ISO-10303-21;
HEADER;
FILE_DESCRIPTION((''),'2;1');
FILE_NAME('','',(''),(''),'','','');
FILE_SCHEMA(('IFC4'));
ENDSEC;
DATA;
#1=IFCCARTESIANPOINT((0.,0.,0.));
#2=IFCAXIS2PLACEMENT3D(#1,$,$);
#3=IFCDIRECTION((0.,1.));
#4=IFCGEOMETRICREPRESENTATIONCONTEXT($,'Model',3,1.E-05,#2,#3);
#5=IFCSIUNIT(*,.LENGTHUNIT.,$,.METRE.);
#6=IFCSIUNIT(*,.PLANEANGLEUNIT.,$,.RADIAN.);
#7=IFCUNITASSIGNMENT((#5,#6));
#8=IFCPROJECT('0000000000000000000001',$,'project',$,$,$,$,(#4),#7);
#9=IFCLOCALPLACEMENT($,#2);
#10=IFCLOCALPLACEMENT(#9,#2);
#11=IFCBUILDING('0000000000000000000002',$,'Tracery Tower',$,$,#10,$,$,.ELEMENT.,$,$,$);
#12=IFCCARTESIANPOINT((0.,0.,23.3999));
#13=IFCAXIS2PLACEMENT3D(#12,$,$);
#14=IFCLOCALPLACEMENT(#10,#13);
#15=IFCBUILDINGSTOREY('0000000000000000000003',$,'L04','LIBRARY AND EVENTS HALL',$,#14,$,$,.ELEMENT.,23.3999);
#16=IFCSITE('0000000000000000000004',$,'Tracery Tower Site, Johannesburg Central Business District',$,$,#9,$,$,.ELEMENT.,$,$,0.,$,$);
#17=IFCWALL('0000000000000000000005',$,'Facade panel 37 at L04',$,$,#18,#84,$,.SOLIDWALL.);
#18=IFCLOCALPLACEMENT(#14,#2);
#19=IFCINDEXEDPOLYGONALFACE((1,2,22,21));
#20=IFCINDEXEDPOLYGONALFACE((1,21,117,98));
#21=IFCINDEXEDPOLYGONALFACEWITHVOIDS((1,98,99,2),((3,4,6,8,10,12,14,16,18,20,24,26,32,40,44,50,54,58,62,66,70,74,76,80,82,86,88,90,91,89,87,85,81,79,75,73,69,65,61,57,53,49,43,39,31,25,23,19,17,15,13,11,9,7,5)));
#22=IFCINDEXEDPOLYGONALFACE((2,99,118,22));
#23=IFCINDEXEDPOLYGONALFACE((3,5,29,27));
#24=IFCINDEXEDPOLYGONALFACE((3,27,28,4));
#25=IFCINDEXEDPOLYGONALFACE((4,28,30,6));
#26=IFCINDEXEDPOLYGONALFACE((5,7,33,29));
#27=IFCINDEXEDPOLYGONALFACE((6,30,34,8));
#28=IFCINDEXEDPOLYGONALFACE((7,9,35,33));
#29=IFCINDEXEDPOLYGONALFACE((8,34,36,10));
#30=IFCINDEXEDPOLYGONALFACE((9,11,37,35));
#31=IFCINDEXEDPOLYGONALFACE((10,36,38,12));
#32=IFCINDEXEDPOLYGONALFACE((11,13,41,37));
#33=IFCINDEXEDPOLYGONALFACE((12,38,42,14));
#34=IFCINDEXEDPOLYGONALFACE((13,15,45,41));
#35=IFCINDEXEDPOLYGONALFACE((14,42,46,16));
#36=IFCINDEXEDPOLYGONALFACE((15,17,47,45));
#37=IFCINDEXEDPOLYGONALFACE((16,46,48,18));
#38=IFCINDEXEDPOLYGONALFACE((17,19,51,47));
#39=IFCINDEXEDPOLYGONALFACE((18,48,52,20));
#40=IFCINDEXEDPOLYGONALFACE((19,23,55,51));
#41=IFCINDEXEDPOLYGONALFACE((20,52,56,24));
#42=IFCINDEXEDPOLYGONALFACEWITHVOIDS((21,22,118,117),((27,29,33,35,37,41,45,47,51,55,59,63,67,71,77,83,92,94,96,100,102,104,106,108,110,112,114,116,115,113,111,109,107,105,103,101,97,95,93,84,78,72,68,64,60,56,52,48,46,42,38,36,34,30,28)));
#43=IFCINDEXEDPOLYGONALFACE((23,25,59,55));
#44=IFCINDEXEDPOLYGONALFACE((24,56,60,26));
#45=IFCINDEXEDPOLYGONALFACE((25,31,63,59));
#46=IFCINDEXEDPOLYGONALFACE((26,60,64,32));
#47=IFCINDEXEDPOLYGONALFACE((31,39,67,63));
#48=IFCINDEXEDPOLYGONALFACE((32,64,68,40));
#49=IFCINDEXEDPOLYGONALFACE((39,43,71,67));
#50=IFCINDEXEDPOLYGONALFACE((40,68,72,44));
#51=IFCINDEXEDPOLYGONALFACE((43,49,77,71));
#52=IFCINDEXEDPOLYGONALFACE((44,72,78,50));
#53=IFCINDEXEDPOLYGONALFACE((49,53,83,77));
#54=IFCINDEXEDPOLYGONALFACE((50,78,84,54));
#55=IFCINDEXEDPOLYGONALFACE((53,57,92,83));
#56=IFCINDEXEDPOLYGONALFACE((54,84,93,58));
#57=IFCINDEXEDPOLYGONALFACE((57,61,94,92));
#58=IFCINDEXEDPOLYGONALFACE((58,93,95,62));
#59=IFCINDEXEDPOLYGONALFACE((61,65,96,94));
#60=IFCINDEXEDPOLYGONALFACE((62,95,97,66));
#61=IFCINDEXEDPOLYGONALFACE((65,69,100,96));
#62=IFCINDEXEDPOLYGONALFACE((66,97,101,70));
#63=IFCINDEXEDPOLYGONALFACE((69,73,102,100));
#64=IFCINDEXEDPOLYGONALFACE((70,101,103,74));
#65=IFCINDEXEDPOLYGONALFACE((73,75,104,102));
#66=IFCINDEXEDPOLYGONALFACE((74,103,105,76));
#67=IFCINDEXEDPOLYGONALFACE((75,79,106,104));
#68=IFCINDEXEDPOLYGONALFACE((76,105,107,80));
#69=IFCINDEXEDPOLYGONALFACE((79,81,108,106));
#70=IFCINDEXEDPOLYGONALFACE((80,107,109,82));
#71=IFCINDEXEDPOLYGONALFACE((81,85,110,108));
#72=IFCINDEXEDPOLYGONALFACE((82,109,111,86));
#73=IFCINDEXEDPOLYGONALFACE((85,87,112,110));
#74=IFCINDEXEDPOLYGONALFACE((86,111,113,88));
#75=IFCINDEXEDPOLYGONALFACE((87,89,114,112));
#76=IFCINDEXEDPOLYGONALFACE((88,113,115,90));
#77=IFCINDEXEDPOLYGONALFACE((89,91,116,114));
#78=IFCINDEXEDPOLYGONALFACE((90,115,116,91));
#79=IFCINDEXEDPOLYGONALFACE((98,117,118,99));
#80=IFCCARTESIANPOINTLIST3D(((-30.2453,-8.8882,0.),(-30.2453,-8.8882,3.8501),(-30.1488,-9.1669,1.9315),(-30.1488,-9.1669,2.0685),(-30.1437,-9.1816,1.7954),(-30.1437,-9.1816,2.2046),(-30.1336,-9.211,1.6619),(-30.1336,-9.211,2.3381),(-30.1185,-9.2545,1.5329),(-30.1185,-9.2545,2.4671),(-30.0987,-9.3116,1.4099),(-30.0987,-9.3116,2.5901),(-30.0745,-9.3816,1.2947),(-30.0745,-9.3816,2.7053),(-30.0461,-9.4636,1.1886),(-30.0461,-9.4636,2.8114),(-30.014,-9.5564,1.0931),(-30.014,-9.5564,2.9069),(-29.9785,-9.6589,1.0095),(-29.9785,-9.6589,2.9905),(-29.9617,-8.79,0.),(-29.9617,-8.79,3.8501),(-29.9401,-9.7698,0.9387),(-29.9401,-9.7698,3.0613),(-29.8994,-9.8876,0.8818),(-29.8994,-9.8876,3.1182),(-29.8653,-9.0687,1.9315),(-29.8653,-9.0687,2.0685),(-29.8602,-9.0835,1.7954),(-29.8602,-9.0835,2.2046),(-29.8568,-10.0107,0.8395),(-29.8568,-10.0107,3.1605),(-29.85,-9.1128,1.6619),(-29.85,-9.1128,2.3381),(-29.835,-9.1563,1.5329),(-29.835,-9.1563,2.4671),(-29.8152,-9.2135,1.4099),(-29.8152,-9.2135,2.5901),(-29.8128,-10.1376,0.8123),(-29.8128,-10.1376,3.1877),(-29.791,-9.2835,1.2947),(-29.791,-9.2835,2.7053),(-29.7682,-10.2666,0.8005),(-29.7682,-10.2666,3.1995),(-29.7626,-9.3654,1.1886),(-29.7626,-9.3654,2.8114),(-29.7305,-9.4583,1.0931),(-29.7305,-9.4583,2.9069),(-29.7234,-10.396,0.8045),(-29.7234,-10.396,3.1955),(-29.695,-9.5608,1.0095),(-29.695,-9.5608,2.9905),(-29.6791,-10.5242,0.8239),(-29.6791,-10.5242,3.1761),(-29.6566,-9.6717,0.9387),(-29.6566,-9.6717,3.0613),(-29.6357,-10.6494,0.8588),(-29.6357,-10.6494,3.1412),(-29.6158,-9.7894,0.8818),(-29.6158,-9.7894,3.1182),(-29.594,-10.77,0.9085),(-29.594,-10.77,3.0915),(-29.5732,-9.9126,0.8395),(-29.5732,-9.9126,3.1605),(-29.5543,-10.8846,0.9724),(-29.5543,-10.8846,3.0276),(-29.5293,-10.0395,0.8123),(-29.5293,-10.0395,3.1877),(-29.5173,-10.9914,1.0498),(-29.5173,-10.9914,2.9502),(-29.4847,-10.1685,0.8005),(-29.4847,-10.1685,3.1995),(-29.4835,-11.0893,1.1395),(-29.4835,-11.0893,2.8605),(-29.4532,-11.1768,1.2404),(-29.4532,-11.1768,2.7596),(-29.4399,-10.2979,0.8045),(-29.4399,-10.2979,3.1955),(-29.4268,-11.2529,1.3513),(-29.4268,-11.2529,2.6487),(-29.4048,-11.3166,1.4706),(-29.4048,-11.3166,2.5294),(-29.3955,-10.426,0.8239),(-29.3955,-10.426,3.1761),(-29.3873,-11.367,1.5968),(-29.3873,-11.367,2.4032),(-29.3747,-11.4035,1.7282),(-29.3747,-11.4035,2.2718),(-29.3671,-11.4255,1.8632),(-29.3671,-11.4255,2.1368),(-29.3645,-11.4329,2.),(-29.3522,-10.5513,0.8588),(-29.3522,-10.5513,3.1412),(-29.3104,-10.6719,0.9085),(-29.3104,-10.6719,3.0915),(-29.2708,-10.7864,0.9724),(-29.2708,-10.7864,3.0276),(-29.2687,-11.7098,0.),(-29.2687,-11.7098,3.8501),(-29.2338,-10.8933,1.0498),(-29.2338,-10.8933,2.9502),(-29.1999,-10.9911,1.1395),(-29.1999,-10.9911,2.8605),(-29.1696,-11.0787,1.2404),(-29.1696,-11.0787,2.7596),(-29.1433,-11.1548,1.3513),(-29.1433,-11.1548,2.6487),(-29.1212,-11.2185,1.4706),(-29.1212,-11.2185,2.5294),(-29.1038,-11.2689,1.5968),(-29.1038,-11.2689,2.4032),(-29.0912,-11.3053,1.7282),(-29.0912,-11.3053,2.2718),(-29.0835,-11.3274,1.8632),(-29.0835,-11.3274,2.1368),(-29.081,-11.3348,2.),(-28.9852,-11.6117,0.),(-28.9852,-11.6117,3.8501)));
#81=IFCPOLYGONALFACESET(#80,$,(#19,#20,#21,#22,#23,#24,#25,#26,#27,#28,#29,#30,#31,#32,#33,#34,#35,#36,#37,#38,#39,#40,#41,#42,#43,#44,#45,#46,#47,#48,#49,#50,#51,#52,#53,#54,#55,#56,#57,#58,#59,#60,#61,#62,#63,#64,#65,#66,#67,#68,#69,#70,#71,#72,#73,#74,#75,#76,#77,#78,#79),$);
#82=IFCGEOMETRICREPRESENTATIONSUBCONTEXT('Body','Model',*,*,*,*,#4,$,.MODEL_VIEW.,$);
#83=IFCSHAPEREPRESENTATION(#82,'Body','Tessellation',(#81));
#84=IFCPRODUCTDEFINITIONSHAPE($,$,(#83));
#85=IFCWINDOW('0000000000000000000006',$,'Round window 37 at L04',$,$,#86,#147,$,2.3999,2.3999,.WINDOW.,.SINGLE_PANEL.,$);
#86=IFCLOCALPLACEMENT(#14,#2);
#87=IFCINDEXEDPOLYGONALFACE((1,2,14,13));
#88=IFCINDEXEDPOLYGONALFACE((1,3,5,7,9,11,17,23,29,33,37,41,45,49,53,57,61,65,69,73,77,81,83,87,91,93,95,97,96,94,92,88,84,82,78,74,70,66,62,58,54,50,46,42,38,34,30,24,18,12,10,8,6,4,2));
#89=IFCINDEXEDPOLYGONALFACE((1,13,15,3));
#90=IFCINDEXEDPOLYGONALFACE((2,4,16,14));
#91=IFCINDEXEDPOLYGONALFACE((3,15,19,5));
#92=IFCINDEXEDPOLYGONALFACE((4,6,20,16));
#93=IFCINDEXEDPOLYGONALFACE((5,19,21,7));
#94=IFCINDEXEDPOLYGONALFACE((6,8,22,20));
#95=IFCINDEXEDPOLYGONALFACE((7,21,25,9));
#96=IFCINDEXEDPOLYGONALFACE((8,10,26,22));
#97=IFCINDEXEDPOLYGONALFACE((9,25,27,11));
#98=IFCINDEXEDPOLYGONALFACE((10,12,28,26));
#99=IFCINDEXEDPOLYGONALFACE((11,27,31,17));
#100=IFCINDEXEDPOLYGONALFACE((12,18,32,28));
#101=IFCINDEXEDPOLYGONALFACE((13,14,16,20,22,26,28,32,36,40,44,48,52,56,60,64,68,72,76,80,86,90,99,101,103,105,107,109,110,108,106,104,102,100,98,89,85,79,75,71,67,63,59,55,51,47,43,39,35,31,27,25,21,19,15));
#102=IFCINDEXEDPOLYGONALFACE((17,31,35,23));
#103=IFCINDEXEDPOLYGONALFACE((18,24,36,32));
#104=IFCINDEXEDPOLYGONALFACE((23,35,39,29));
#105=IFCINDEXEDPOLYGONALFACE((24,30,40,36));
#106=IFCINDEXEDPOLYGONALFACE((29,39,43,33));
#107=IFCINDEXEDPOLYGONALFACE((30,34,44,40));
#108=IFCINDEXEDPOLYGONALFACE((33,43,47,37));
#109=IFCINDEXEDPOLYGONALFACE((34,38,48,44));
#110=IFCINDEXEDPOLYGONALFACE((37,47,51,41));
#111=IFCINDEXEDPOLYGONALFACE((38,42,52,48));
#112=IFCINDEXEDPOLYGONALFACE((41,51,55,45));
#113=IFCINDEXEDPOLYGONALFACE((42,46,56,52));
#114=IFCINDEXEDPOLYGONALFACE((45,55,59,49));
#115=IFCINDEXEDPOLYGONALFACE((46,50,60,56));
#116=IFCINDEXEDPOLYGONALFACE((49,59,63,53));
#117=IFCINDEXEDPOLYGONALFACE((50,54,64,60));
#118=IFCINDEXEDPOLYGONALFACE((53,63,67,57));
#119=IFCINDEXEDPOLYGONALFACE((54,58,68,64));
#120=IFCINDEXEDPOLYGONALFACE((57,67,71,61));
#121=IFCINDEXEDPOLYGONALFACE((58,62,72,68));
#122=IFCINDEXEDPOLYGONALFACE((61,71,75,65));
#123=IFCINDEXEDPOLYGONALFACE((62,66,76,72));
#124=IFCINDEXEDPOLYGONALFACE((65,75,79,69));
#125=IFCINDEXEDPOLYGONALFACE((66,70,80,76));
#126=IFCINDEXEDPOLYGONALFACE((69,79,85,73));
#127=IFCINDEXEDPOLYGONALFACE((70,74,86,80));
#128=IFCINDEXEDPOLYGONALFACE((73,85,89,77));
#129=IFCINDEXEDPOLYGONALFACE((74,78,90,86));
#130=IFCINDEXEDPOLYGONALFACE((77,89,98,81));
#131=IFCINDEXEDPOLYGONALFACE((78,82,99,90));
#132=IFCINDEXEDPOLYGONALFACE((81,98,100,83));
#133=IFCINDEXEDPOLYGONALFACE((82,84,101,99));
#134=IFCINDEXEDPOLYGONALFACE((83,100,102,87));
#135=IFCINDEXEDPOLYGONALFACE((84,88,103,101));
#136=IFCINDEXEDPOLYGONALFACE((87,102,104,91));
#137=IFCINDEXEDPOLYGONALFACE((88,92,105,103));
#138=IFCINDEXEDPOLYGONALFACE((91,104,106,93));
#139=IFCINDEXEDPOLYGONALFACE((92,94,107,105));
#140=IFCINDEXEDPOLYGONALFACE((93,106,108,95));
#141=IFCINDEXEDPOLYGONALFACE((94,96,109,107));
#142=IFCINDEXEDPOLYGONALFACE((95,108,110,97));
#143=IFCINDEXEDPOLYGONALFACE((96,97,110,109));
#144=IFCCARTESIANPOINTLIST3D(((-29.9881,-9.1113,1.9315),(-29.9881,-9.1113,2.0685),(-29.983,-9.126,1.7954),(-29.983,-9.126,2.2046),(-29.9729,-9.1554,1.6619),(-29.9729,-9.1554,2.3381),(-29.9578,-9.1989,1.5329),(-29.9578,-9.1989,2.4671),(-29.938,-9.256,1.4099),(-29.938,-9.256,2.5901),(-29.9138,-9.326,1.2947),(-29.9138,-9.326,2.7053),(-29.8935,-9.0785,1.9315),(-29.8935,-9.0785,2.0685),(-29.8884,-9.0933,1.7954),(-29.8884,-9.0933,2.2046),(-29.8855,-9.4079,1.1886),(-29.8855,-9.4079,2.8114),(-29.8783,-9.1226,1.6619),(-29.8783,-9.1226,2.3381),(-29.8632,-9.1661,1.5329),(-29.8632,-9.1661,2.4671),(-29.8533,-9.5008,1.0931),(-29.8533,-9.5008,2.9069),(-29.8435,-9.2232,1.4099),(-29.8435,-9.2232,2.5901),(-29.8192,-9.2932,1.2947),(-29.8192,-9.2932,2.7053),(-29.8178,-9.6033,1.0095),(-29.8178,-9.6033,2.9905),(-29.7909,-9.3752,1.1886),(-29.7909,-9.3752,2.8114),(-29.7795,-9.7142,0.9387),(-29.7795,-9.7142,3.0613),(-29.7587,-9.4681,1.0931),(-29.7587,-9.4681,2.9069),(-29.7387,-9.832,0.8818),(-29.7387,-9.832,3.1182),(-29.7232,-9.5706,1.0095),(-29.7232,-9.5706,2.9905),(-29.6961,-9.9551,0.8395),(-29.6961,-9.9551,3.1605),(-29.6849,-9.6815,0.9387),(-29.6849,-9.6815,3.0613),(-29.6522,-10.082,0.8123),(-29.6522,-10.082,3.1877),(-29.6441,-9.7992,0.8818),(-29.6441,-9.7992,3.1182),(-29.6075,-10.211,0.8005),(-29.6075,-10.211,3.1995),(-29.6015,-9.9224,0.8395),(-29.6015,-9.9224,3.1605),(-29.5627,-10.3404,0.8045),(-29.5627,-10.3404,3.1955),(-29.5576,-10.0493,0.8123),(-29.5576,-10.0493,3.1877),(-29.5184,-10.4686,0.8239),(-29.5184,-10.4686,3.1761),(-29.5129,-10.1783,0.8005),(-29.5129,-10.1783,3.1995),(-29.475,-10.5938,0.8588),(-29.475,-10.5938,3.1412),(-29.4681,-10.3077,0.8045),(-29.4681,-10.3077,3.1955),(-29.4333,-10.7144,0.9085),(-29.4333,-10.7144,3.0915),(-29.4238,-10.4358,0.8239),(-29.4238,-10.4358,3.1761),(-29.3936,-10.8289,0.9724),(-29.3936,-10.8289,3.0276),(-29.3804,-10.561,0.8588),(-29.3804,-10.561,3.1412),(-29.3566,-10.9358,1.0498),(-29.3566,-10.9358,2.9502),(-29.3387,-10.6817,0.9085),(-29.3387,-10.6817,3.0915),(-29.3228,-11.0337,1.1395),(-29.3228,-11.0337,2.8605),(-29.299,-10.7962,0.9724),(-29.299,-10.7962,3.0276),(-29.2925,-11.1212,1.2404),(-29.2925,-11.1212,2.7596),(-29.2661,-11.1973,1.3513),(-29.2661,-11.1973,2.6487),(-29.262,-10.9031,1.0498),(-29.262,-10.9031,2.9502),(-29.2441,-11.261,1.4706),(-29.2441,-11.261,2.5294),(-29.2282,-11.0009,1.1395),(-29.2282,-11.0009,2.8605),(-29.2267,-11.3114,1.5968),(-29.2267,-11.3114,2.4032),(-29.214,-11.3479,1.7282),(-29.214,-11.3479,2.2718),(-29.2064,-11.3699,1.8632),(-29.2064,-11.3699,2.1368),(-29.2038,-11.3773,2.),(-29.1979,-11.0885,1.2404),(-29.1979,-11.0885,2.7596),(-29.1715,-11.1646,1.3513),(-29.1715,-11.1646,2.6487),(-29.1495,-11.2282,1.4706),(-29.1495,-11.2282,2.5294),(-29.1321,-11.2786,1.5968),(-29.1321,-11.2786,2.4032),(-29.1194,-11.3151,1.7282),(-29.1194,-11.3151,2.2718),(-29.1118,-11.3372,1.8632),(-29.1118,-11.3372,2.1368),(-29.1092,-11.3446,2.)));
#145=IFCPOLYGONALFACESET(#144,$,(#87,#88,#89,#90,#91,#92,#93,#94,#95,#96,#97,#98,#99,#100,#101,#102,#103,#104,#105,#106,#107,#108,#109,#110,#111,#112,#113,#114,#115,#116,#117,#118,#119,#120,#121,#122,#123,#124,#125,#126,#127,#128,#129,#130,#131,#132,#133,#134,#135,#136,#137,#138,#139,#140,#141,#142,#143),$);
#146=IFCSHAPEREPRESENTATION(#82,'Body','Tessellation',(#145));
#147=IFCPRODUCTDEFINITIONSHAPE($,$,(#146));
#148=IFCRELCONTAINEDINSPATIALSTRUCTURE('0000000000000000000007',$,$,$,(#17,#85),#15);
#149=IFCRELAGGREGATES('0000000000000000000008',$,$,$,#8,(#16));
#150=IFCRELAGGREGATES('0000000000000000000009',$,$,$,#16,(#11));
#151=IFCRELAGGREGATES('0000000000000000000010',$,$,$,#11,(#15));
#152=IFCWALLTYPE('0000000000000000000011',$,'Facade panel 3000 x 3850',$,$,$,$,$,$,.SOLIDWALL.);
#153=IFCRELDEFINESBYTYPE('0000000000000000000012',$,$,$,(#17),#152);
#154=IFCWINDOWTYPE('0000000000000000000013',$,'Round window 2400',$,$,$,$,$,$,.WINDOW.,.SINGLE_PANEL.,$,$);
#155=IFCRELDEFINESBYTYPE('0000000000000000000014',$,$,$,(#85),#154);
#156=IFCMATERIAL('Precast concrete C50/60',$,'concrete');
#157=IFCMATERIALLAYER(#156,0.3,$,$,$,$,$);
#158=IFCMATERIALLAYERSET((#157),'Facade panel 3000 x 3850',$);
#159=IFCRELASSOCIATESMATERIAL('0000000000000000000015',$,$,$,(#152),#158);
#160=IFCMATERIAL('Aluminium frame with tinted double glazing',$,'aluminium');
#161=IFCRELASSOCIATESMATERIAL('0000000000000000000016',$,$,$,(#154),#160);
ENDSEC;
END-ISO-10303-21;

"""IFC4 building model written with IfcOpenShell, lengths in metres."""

from ifc_helpers import new_model, si_unit, direction, frame, frame_2d, origin, origin_2d, place, context, subcontext, project, spatial, rectangle, circle, extrude, material, layer, layer_set, type_object, element, fill, save


model = new_model("IFC4")

# Units and contexts
model_context = context("Model", 3, precision=1e-05, world=origin(), true_north=direction((0.0, 1.0)))
body_context = subcontext(model_context, "Body", "Model", "MODEL_VIEW")
ifc_project = project(units=[si_unit("LENGTHUNIT", "METRE"), si_unit("PLANEANGLEUNIT", "RADIAN")], contexts=[model_context])

# Site, building, storey
site_placement = place(None, origin())
site = spatial("IfcSite", under=ifc_project, at=site_placement, Name="Tracery Tower Site, Johannesburg Central Business District", CompositionType="ELEMENT", RefElevation=0.0)
building_placement = place(site_placement, origin())
building = spatial("IfcBuilding", under=site, at=building_placement, Name="Tracery Tower", CompositionType="ELEMENT")
storey_placement = place(building_placement, frame((0.0, 0.0, 23.3999)))
storey = spatial("IfcBuildingStorey", under=building, at=storey_placement, Name="L04", Description="LIBRARY AND EVENTS HALL", CompositionType="ELEMENT", Elevation=23.3999)

# Wall, opening, window
ifc_material_1 = material(Name="Precast concrete C50/60", Category="concrete")
ifc_layer_1 = layer(ifc_material_1, 0.3)
ifc_layer_set_1 = layer_set([ifc_layer_1], Name="Facade panel 3000 x 3850")
wall_type_1 = type_object("IfcWallType", Name="Facade panel 3000 x 3850", PredefinedType="SOLIDWALL", material=ifc_layer_set_1)
ifc_material_2 = material(Name="Aluminium frame with tinted double glazing", Category="aluminium")
window_type = type_object("IfcWindowType", Name="Round window 2400", PartitioningType="SINGLE_PANEL", PredefinedType="WINDOW", material=ifc_material_2)
wall_1_placement = place(storey_placement, frame((-30.1035, -8.8391, 0.0), z_axis=(0.0, 0.0, 1.0), x_axis=(0.327074, -0.944999, 0.0)))
wall_1 = element("IfcWall", 1, at=wall_1_placement, inside=storey, type_object=wall_type_1, Name="Facade panel 37 at L04", PredefinedType="SOLIDWALL", context=body_context, shape_type="SweptSolid", body=[
    extrude(rectangle(XDim=2.9858, YDim=0.3, at=frame_2d((1.4929, 0.0))), origin(), (0.0, 0.0, 1.0), 3.8501),
])
opening_1_placement = place(wall_1_placement, frame((1.4929, 0.0, 2.0)))
opening_1 = element("IfcOpeningElement", 2, at=opening_1_placement, cuts=wall_1, PredefinedType="OPENING", context=body_context, shape_type="SweptSolid", body=[
    extrude(circle(Radius=1.2, at=origin_2d()), frame((0.0, 0.1599, 0.0), z_axis=(0.0, -1.0, 0.0), x_axis=(1.0, 0.0, 0.0)), (0.0, 0.0, 1.0), 0.3201),
])
window_1_placement = place(opening_1_placement, origin())
window_1 = element("IfcWindow", 3, at=window_1_placement, inside=storey, type_object=window_type, Name="Round window 37 at L04", OverallHeight=2.3999, OverallWidth=2.3999, PartitioningType="SINGLE_PANEL", PredefinedType="WINDOW", context=body_context, shape_type="SweptSolid", body=[
    extrude(circle(Radius=1.2, at=origin_2d()), frame((0.0, 0.1201, 0.0), z_axis=(0.0, -1.0, 0.0), x_axis=(1.0, 0.0, 0.0)), (0.0, 0.0, 1.0), 0.1001),
])
fill(opening_1, window_1)

save(model, "model.ifc")
